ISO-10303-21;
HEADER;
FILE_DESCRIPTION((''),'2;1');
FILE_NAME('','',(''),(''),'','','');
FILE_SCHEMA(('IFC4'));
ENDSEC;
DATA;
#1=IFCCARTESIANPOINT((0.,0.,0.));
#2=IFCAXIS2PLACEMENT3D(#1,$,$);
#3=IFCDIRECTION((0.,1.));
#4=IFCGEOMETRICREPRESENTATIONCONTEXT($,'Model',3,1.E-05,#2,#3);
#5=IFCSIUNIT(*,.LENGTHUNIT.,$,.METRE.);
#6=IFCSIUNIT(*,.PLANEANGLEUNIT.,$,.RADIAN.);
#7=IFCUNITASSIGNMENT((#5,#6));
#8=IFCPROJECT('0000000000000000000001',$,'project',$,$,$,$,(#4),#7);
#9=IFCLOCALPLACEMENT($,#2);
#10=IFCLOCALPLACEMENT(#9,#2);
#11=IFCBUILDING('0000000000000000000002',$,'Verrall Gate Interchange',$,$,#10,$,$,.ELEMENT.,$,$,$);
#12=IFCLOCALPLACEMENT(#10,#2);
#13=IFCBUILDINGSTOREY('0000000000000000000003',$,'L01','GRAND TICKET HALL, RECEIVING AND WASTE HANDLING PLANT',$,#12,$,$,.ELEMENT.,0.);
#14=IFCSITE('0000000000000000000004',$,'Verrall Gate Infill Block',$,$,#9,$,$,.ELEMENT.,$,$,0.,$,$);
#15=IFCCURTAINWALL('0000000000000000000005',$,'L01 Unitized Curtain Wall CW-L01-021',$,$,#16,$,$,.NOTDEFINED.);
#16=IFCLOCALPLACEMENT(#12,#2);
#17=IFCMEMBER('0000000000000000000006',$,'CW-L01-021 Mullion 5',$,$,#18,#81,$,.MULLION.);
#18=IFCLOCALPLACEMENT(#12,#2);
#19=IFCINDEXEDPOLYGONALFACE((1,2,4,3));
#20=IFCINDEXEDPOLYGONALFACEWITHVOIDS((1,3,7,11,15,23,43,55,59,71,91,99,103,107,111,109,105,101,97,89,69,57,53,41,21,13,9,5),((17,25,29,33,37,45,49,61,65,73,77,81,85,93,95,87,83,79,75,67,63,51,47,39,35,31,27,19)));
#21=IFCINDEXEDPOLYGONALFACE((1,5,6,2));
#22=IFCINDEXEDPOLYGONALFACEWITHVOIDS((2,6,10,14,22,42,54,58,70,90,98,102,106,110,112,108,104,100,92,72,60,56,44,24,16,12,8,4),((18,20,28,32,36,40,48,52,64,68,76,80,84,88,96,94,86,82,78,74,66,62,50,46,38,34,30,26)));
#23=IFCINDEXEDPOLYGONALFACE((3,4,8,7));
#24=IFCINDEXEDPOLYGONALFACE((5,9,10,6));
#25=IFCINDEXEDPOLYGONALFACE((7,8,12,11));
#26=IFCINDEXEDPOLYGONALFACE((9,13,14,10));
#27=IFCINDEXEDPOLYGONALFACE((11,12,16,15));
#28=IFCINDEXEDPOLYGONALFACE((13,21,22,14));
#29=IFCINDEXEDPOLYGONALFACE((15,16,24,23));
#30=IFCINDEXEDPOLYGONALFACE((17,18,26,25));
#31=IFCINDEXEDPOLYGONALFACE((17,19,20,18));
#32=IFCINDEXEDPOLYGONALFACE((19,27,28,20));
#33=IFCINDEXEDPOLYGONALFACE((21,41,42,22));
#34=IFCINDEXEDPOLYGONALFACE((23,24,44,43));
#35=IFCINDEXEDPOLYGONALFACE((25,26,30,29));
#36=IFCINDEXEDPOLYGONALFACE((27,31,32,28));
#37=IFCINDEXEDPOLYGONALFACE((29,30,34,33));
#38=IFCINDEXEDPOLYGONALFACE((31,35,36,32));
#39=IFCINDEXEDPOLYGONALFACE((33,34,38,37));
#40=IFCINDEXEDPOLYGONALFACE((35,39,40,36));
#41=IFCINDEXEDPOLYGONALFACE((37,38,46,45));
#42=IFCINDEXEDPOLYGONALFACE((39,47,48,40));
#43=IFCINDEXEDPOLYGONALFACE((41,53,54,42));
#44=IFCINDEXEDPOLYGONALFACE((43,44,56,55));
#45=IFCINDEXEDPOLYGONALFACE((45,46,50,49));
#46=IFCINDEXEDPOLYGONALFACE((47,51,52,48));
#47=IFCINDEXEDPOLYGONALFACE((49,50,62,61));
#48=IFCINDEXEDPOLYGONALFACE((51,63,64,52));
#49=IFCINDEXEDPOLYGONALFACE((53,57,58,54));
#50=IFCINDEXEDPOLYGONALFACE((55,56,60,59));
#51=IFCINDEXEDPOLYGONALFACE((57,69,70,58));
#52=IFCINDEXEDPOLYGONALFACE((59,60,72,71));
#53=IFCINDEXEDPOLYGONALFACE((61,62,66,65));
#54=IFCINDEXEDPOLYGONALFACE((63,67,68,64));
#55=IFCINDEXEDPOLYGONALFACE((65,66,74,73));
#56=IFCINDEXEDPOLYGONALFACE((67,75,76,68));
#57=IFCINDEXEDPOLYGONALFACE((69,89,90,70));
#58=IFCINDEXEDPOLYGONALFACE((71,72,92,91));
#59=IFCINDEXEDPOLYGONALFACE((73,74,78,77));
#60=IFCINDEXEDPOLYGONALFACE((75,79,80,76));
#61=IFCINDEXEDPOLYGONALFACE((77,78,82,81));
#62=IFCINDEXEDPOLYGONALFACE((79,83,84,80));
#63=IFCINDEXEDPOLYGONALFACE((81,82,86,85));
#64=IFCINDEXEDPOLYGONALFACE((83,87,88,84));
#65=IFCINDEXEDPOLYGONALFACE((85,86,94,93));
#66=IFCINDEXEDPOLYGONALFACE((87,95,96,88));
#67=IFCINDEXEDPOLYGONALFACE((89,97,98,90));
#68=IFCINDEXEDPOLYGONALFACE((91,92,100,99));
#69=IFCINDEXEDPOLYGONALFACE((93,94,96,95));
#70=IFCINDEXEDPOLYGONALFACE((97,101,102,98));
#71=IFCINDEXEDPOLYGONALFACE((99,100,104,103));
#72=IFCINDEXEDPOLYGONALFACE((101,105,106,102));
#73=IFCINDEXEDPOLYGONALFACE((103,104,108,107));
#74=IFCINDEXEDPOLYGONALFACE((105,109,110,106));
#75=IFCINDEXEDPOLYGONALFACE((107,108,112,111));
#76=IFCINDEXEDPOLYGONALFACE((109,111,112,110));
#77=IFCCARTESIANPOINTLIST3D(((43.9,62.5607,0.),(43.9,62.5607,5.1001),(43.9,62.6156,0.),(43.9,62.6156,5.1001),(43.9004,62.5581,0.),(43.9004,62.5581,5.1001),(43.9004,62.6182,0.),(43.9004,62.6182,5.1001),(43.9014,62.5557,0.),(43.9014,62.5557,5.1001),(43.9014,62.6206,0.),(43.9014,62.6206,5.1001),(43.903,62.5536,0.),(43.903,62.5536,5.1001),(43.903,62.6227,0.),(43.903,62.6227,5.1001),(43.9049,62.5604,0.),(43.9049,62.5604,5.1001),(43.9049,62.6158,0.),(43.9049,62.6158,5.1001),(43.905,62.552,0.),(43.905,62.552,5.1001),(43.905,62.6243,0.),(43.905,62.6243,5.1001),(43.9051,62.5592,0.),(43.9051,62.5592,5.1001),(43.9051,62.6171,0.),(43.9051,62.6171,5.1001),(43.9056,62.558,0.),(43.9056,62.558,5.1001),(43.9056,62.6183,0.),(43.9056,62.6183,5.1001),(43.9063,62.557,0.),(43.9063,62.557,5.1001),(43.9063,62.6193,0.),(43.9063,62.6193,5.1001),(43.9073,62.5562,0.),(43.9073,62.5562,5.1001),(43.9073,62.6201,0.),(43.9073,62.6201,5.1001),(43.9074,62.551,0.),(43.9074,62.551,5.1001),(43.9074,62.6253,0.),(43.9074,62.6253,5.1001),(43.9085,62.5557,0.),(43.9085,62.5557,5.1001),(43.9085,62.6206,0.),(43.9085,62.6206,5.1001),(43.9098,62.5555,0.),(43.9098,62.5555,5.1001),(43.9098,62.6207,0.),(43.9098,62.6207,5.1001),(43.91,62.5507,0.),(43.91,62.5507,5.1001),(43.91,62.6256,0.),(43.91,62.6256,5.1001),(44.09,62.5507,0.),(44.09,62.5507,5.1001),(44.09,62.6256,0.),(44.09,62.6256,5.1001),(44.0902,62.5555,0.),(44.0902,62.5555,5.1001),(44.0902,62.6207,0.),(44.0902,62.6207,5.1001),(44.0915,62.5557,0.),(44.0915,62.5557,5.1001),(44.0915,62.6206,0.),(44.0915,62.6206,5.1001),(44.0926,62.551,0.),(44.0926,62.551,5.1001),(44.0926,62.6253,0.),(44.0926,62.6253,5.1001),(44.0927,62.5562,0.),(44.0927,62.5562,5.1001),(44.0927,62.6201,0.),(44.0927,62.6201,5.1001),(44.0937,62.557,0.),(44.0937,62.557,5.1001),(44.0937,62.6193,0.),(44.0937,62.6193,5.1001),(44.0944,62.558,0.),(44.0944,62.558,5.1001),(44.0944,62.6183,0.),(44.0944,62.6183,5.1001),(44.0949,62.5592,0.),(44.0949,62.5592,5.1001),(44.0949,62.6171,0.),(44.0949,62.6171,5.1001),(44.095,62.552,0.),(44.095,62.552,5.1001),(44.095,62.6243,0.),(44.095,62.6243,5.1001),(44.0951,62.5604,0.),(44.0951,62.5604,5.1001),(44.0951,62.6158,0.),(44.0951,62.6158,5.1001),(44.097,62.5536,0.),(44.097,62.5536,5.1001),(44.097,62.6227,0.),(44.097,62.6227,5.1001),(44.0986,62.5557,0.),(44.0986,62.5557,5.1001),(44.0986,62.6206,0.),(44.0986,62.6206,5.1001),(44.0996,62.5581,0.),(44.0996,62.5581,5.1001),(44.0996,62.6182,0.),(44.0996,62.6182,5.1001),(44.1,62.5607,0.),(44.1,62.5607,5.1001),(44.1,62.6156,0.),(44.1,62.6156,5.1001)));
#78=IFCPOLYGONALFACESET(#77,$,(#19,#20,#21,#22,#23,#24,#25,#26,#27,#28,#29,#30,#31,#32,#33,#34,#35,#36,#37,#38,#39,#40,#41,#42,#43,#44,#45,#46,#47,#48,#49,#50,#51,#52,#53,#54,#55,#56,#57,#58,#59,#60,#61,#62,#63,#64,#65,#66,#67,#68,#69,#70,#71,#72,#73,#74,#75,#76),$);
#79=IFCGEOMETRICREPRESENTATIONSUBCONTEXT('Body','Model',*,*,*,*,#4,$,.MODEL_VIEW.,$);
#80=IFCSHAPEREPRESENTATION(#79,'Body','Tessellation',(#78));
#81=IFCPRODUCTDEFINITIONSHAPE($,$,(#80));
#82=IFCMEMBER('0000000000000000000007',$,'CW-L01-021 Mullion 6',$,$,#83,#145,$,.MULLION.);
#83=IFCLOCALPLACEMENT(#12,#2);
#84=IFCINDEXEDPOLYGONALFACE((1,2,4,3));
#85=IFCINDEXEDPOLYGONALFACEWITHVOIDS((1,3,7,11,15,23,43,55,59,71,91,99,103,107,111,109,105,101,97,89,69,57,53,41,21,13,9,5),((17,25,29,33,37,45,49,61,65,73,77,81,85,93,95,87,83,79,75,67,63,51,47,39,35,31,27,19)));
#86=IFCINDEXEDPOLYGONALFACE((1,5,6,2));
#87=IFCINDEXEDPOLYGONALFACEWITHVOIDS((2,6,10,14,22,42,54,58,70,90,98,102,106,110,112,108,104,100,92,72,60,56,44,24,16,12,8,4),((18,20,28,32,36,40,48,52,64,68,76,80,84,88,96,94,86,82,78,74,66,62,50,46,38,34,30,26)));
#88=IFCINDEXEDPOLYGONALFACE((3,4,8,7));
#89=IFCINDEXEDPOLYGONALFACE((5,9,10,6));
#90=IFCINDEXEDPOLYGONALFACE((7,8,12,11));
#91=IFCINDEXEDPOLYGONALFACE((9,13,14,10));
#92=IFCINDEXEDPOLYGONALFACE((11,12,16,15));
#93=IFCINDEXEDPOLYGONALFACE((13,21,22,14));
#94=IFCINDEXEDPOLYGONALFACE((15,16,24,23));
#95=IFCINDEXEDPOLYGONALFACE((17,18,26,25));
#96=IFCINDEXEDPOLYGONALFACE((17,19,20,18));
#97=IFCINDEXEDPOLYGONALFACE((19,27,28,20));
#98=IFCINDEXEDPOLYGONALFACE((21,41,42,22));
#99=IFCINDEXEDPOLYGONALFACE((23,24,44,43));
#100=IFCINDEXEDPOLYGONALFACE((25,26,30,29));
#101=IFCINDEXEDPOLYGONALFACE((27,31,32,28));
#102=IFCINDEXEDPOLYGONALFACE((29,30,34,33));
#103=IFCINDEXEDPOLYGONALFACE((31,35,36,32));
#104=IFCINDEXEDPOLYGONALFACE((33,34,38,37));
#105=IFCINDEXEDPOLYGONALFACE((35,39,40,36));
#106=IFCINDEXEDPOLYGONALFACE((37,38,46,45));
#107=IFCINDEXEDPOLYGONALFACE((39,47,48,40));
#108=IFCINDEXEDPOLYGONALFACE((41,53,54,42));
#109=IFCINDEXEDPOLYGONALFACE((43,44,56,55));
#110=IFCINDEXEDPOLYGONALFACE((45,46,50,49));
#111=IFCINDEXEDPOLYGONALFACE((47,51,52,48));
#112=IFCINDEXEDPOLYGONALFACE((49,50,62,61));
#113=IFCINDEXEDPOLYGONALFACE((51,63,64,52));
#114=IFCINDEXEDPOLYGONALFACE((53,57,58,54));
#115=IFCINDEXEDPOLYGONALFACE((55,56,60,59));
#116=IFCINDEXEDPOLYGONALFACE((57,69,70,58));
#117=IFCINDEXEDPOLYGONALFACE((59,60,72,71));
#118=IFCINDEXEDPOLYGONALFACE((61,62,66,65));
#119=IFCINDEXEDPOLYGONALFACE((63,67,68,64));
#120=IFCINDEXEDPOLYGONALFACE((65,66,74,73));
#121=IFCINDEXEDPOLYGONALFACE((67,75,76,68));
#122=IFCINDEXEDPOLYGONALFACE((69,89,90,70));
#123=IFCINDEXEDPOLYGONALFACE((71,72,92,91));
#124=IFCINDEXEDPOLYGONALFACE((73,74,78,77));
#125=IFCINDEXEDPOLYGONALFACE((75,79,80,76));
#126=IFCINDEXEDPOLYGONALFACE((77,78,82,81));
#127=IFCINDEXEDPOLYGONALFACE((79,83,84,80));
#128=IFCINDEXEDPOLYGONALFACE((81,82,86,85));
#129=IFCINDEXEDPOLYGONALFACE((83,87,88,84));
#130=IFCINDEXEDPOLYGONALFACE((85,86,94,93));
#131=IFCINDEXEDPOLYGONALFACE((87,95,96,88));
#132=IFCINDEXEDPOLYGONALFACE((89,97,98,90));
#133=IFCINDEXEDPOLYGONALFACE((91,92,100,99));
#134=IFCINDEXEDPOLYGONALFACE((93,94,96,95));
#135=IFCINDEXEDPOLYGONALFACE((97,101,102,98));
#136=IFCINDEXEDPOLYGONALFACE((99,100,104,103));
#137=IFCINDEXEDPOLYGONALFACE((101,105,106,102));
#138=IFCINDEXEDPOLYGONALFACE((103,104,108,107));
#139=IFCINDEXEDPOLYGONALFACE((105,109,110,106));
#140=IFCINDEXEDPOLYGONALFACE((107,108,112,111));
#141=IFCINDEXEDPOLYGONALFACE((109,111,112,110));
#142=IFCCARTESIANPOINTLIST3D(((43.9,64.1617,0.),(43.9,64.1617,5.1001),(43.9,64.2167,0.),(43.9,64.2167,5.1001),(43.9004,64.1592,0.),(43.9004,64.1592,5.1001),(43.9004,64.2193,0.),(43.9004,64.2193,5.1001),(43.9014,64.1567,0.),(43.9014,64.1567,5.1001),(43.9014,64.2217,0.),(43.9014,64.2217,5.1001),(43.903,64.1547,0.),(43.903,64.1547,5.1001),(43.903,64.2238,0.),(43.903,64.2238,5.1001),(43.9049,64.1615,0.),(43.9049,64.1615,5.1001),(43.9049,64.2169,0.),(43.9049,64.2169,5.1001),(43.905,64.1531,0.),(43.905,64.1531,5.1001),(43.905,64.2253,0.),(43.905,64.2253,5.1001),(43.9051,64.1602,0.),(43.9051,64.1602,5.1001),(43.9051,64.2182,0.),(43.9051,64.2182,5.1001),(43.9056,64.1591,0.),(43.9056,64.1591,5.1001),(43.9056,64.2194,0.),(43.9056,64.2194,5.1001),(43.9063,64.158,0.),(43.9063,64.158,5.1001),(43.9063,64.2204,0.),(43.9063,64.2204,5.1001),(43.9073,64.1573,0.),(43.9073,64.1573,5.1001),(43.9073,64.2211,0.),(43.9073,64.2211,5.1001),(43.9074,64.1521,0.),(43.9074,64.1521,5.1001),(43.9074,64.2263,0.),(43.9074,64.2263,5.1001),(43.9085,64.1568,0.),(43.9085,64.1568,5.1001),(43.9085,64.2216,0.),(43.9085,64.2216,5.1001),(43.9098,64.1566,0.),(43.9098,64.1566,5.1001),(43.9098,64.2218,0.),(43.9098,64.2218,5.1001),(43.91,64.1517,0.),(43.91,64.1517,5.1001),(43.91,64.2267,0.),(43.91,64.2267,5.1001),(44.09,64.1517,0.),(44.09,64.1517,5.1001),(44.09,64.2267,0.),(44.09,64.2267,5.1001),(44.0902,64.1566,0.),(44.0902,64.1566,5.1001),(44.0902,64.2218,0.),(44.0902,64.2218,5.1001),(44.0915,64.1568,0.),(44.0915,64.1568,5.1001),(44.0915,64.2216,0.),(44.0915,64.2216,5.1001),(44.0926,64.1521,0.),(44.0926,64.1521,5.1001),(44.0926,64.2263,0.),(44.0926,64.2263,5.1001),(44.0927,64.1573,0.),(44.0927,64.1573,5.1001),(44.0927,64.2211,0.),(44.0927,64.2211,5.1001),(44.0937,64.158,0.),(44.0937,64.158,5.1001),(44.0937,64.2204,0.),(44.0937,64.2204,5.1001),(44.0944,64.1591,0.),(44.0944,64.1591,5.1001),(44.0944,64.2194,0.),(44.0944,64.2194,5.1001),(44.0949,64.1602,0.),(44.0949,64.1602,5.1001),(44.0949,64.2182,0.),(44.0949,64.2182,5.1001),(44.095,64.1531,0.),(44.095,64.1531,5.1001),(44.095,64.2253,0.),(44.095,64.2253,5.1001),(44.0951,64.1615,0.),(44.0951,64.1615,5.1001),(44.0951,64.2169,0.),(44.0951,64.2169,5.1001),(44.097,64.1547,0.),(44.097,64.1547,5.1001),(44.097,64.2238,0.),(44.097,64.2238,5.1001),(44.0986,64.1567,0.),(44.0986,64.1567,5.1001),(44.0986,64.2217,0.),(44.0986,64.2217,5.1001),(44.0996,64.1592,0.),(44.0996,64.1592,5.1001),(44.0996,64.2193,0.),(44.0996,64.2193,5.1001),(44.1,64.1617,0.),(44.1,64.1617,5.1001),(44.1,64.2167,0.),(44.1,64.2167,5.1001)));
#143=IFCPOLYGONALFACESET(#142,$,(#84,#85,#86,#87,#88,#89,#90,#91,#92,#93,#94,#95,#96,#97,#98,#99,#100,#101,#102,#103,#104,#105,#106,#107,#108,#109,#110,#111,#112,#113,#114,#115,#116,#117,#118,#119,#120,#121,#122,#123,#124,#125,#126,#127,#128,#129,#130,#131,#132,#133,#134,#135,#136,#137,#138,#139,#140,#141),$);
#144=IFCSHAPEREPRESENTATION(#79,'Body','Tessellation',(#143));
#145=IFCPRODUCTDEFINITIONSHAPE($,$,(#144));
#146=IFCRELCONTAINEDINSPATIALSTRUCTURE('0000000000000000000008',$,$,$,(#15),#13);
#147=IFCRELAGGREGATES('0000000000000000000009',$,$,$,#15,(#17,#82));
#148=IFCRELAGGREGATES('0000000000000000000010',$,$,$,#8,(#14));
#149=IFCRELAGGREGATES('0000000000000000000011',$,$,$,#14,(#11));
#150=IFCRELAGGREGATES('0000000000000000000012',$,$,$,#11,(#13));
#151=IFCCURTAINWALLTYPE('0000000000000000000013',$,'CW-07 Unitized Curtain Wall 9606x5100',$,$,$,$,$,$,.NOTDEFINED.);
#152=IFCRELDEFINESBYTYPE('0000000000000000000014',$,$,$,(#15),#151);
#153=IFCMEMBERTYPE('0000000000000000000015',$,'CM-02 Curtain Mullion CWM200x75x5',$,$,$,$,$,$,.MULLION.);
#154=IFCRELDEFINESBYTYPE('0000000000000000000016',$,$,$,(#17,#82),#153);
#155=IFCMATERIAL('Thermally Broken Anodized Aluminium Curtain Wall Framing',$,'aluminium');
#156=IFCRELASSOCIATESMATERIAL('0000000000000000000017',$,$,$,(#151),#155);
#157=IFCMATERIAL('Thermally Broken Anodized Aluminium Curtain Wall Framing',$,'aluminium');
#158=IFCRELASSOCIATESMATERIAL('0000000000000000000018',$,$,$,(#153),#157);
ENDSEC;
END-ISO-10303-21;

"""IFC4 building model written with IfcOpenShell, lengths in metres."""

from ifc_helpers import new_model, si_unit, direction, frame, origin, origin_2d, place, context, subcontext, project, spatial, hollow_rectangle, extrude, material, material_profile, profile_set, type_object, element, aggregate, save


model = new_model("IFC4")

# Units and contexts
model_context = context("Model", 3, precision=1e-05, world=origin(), true_north=direction((0.0, 1.0)))
body_context = subcontext(model_context, "Body", "Model", "MODEL_VIEW")
ifc_project = project(units=[si_unit("LENGTHUNIT", "METRE"), si_unit("PLANEANGLEUNIT", "RADIAN")], contexts=[model_context])

# Site, building, storey
site_placement = place(None, origin())
site = spatial("IfcSite", under=ifc_project, at=site_placement, Name="Verrall Gate Infill Block", CompositionType="ELEMENT", RefElevation=0.0)
building_placement = place(site_placement, origin())
building = spatial("IfcBuilding", under=site, at=building_placement, Name="Verrall Gate Interchange", CompositionType="ELEMENT")
storey_placement = place(building_placement, origin())
storey = spatial("IfcBuildingStorey", under=building, at=storey_placement, Name="L01", Description="GRAND TICKET HALL, RECEIVING AND WASTE HANDLING PLANT", CompositionType="ELEMENT", Elevation=0.0)

# Curtain wall, members
ifc_material_1 = material(Name="Thermally Broken Anodized Aluminium Curtain Wall Framing", Category="aluminium")
curtain_wall_type_1 = type_object("IfcCurtainWallType", Name="CW-07 Unitized Curtain Wall 9606x5100", PredefinedType="NOTDEFINED", material=ifc_material_1)
curtain_wall_1_placement = place(storey_placement, origin())
curtain_wall_1 = element("IfcCurtainWall", 1, at=curtain_wall_1_placement, inside=storey, type_object=curtain_wall_type_1, Name="L01 Unitized Curtain Wall CW-L01-021", PredefinedType="NOTDEFINED")
ifc_material_2 = material(Name="Thermally Broken Anodized Aluminium Curtain Wall Framing", Category="aluminium")
ifc_material_profile_1 = material_profile(ifc_material_2, hollow_rectangle(XDim=0.075, YDim=0.2, WallThickness=0.0049, InnerFilletRadius=0.0049, OuterFilletRadius=0.01, at=origin_2d()), Name="CWM200x75x5")
ifc_profile_set_1 = profile_set([ifc_material_profile_1], Name="Thermally Broken Anodized Aluminium Curtain Wall Framing")
member_type_1 = type_object("IfcMemberType", Name="CM-02 Curtain Mullion CWM200x75x5", PredefinedType="MULLION", material=ifc_profile_set_1)
member_1_placement = place(storey_placement, frame((44.0, 62.5881, 0.0), z_axis=(0.0, 0.0, 1.0), x_axis=(0.0, 1.0, 0.0)))
member_1 = element("IfcMember", 2, at=member_1_placement, type_object=member_type_1, Name="CW-L01-021 Mullion 5", PredefinedType="MULLION", context=body_context, shape_type="SweptSolid", body=[
    extrude(hollow_rectangle(XDim=0.075, YDim=0.2, WallThickness=0.0049, InnerFilletRadius=0.0049, OuterFilletRadius=0.01, at=origin_2d()), origin(), (0.0, 0.0, 1.0), 5.1001),
])
member_2_placement = place(storey_placement, frame((44.0, 64.1892, 0.0), z_axis=(0.0, 0.0, 1.0), x_axis=(0.0, 1.0, 0.0)))
member_2 = element("IfcMember", 3, at=member_2_placement, type_object=member_type_1, Name="CW-L01-021 Mullion 6", PredefinedType="MULLION", context=body_context, shape_type="SweptSolid", body=[
    extrude(hollow_rectangle(XDim=0.075, YDim=0.2, WallThickness=0.0049, InnerFilletRadius=0.0049, OuterFilletRadius=0.01, at=origin_2d()), origin(), (0.0, 0.0, 1.0), 5.1001),
])

aggregate(curtain_wall_1, [member_1, member_2])

save(model, "model.ifc")
